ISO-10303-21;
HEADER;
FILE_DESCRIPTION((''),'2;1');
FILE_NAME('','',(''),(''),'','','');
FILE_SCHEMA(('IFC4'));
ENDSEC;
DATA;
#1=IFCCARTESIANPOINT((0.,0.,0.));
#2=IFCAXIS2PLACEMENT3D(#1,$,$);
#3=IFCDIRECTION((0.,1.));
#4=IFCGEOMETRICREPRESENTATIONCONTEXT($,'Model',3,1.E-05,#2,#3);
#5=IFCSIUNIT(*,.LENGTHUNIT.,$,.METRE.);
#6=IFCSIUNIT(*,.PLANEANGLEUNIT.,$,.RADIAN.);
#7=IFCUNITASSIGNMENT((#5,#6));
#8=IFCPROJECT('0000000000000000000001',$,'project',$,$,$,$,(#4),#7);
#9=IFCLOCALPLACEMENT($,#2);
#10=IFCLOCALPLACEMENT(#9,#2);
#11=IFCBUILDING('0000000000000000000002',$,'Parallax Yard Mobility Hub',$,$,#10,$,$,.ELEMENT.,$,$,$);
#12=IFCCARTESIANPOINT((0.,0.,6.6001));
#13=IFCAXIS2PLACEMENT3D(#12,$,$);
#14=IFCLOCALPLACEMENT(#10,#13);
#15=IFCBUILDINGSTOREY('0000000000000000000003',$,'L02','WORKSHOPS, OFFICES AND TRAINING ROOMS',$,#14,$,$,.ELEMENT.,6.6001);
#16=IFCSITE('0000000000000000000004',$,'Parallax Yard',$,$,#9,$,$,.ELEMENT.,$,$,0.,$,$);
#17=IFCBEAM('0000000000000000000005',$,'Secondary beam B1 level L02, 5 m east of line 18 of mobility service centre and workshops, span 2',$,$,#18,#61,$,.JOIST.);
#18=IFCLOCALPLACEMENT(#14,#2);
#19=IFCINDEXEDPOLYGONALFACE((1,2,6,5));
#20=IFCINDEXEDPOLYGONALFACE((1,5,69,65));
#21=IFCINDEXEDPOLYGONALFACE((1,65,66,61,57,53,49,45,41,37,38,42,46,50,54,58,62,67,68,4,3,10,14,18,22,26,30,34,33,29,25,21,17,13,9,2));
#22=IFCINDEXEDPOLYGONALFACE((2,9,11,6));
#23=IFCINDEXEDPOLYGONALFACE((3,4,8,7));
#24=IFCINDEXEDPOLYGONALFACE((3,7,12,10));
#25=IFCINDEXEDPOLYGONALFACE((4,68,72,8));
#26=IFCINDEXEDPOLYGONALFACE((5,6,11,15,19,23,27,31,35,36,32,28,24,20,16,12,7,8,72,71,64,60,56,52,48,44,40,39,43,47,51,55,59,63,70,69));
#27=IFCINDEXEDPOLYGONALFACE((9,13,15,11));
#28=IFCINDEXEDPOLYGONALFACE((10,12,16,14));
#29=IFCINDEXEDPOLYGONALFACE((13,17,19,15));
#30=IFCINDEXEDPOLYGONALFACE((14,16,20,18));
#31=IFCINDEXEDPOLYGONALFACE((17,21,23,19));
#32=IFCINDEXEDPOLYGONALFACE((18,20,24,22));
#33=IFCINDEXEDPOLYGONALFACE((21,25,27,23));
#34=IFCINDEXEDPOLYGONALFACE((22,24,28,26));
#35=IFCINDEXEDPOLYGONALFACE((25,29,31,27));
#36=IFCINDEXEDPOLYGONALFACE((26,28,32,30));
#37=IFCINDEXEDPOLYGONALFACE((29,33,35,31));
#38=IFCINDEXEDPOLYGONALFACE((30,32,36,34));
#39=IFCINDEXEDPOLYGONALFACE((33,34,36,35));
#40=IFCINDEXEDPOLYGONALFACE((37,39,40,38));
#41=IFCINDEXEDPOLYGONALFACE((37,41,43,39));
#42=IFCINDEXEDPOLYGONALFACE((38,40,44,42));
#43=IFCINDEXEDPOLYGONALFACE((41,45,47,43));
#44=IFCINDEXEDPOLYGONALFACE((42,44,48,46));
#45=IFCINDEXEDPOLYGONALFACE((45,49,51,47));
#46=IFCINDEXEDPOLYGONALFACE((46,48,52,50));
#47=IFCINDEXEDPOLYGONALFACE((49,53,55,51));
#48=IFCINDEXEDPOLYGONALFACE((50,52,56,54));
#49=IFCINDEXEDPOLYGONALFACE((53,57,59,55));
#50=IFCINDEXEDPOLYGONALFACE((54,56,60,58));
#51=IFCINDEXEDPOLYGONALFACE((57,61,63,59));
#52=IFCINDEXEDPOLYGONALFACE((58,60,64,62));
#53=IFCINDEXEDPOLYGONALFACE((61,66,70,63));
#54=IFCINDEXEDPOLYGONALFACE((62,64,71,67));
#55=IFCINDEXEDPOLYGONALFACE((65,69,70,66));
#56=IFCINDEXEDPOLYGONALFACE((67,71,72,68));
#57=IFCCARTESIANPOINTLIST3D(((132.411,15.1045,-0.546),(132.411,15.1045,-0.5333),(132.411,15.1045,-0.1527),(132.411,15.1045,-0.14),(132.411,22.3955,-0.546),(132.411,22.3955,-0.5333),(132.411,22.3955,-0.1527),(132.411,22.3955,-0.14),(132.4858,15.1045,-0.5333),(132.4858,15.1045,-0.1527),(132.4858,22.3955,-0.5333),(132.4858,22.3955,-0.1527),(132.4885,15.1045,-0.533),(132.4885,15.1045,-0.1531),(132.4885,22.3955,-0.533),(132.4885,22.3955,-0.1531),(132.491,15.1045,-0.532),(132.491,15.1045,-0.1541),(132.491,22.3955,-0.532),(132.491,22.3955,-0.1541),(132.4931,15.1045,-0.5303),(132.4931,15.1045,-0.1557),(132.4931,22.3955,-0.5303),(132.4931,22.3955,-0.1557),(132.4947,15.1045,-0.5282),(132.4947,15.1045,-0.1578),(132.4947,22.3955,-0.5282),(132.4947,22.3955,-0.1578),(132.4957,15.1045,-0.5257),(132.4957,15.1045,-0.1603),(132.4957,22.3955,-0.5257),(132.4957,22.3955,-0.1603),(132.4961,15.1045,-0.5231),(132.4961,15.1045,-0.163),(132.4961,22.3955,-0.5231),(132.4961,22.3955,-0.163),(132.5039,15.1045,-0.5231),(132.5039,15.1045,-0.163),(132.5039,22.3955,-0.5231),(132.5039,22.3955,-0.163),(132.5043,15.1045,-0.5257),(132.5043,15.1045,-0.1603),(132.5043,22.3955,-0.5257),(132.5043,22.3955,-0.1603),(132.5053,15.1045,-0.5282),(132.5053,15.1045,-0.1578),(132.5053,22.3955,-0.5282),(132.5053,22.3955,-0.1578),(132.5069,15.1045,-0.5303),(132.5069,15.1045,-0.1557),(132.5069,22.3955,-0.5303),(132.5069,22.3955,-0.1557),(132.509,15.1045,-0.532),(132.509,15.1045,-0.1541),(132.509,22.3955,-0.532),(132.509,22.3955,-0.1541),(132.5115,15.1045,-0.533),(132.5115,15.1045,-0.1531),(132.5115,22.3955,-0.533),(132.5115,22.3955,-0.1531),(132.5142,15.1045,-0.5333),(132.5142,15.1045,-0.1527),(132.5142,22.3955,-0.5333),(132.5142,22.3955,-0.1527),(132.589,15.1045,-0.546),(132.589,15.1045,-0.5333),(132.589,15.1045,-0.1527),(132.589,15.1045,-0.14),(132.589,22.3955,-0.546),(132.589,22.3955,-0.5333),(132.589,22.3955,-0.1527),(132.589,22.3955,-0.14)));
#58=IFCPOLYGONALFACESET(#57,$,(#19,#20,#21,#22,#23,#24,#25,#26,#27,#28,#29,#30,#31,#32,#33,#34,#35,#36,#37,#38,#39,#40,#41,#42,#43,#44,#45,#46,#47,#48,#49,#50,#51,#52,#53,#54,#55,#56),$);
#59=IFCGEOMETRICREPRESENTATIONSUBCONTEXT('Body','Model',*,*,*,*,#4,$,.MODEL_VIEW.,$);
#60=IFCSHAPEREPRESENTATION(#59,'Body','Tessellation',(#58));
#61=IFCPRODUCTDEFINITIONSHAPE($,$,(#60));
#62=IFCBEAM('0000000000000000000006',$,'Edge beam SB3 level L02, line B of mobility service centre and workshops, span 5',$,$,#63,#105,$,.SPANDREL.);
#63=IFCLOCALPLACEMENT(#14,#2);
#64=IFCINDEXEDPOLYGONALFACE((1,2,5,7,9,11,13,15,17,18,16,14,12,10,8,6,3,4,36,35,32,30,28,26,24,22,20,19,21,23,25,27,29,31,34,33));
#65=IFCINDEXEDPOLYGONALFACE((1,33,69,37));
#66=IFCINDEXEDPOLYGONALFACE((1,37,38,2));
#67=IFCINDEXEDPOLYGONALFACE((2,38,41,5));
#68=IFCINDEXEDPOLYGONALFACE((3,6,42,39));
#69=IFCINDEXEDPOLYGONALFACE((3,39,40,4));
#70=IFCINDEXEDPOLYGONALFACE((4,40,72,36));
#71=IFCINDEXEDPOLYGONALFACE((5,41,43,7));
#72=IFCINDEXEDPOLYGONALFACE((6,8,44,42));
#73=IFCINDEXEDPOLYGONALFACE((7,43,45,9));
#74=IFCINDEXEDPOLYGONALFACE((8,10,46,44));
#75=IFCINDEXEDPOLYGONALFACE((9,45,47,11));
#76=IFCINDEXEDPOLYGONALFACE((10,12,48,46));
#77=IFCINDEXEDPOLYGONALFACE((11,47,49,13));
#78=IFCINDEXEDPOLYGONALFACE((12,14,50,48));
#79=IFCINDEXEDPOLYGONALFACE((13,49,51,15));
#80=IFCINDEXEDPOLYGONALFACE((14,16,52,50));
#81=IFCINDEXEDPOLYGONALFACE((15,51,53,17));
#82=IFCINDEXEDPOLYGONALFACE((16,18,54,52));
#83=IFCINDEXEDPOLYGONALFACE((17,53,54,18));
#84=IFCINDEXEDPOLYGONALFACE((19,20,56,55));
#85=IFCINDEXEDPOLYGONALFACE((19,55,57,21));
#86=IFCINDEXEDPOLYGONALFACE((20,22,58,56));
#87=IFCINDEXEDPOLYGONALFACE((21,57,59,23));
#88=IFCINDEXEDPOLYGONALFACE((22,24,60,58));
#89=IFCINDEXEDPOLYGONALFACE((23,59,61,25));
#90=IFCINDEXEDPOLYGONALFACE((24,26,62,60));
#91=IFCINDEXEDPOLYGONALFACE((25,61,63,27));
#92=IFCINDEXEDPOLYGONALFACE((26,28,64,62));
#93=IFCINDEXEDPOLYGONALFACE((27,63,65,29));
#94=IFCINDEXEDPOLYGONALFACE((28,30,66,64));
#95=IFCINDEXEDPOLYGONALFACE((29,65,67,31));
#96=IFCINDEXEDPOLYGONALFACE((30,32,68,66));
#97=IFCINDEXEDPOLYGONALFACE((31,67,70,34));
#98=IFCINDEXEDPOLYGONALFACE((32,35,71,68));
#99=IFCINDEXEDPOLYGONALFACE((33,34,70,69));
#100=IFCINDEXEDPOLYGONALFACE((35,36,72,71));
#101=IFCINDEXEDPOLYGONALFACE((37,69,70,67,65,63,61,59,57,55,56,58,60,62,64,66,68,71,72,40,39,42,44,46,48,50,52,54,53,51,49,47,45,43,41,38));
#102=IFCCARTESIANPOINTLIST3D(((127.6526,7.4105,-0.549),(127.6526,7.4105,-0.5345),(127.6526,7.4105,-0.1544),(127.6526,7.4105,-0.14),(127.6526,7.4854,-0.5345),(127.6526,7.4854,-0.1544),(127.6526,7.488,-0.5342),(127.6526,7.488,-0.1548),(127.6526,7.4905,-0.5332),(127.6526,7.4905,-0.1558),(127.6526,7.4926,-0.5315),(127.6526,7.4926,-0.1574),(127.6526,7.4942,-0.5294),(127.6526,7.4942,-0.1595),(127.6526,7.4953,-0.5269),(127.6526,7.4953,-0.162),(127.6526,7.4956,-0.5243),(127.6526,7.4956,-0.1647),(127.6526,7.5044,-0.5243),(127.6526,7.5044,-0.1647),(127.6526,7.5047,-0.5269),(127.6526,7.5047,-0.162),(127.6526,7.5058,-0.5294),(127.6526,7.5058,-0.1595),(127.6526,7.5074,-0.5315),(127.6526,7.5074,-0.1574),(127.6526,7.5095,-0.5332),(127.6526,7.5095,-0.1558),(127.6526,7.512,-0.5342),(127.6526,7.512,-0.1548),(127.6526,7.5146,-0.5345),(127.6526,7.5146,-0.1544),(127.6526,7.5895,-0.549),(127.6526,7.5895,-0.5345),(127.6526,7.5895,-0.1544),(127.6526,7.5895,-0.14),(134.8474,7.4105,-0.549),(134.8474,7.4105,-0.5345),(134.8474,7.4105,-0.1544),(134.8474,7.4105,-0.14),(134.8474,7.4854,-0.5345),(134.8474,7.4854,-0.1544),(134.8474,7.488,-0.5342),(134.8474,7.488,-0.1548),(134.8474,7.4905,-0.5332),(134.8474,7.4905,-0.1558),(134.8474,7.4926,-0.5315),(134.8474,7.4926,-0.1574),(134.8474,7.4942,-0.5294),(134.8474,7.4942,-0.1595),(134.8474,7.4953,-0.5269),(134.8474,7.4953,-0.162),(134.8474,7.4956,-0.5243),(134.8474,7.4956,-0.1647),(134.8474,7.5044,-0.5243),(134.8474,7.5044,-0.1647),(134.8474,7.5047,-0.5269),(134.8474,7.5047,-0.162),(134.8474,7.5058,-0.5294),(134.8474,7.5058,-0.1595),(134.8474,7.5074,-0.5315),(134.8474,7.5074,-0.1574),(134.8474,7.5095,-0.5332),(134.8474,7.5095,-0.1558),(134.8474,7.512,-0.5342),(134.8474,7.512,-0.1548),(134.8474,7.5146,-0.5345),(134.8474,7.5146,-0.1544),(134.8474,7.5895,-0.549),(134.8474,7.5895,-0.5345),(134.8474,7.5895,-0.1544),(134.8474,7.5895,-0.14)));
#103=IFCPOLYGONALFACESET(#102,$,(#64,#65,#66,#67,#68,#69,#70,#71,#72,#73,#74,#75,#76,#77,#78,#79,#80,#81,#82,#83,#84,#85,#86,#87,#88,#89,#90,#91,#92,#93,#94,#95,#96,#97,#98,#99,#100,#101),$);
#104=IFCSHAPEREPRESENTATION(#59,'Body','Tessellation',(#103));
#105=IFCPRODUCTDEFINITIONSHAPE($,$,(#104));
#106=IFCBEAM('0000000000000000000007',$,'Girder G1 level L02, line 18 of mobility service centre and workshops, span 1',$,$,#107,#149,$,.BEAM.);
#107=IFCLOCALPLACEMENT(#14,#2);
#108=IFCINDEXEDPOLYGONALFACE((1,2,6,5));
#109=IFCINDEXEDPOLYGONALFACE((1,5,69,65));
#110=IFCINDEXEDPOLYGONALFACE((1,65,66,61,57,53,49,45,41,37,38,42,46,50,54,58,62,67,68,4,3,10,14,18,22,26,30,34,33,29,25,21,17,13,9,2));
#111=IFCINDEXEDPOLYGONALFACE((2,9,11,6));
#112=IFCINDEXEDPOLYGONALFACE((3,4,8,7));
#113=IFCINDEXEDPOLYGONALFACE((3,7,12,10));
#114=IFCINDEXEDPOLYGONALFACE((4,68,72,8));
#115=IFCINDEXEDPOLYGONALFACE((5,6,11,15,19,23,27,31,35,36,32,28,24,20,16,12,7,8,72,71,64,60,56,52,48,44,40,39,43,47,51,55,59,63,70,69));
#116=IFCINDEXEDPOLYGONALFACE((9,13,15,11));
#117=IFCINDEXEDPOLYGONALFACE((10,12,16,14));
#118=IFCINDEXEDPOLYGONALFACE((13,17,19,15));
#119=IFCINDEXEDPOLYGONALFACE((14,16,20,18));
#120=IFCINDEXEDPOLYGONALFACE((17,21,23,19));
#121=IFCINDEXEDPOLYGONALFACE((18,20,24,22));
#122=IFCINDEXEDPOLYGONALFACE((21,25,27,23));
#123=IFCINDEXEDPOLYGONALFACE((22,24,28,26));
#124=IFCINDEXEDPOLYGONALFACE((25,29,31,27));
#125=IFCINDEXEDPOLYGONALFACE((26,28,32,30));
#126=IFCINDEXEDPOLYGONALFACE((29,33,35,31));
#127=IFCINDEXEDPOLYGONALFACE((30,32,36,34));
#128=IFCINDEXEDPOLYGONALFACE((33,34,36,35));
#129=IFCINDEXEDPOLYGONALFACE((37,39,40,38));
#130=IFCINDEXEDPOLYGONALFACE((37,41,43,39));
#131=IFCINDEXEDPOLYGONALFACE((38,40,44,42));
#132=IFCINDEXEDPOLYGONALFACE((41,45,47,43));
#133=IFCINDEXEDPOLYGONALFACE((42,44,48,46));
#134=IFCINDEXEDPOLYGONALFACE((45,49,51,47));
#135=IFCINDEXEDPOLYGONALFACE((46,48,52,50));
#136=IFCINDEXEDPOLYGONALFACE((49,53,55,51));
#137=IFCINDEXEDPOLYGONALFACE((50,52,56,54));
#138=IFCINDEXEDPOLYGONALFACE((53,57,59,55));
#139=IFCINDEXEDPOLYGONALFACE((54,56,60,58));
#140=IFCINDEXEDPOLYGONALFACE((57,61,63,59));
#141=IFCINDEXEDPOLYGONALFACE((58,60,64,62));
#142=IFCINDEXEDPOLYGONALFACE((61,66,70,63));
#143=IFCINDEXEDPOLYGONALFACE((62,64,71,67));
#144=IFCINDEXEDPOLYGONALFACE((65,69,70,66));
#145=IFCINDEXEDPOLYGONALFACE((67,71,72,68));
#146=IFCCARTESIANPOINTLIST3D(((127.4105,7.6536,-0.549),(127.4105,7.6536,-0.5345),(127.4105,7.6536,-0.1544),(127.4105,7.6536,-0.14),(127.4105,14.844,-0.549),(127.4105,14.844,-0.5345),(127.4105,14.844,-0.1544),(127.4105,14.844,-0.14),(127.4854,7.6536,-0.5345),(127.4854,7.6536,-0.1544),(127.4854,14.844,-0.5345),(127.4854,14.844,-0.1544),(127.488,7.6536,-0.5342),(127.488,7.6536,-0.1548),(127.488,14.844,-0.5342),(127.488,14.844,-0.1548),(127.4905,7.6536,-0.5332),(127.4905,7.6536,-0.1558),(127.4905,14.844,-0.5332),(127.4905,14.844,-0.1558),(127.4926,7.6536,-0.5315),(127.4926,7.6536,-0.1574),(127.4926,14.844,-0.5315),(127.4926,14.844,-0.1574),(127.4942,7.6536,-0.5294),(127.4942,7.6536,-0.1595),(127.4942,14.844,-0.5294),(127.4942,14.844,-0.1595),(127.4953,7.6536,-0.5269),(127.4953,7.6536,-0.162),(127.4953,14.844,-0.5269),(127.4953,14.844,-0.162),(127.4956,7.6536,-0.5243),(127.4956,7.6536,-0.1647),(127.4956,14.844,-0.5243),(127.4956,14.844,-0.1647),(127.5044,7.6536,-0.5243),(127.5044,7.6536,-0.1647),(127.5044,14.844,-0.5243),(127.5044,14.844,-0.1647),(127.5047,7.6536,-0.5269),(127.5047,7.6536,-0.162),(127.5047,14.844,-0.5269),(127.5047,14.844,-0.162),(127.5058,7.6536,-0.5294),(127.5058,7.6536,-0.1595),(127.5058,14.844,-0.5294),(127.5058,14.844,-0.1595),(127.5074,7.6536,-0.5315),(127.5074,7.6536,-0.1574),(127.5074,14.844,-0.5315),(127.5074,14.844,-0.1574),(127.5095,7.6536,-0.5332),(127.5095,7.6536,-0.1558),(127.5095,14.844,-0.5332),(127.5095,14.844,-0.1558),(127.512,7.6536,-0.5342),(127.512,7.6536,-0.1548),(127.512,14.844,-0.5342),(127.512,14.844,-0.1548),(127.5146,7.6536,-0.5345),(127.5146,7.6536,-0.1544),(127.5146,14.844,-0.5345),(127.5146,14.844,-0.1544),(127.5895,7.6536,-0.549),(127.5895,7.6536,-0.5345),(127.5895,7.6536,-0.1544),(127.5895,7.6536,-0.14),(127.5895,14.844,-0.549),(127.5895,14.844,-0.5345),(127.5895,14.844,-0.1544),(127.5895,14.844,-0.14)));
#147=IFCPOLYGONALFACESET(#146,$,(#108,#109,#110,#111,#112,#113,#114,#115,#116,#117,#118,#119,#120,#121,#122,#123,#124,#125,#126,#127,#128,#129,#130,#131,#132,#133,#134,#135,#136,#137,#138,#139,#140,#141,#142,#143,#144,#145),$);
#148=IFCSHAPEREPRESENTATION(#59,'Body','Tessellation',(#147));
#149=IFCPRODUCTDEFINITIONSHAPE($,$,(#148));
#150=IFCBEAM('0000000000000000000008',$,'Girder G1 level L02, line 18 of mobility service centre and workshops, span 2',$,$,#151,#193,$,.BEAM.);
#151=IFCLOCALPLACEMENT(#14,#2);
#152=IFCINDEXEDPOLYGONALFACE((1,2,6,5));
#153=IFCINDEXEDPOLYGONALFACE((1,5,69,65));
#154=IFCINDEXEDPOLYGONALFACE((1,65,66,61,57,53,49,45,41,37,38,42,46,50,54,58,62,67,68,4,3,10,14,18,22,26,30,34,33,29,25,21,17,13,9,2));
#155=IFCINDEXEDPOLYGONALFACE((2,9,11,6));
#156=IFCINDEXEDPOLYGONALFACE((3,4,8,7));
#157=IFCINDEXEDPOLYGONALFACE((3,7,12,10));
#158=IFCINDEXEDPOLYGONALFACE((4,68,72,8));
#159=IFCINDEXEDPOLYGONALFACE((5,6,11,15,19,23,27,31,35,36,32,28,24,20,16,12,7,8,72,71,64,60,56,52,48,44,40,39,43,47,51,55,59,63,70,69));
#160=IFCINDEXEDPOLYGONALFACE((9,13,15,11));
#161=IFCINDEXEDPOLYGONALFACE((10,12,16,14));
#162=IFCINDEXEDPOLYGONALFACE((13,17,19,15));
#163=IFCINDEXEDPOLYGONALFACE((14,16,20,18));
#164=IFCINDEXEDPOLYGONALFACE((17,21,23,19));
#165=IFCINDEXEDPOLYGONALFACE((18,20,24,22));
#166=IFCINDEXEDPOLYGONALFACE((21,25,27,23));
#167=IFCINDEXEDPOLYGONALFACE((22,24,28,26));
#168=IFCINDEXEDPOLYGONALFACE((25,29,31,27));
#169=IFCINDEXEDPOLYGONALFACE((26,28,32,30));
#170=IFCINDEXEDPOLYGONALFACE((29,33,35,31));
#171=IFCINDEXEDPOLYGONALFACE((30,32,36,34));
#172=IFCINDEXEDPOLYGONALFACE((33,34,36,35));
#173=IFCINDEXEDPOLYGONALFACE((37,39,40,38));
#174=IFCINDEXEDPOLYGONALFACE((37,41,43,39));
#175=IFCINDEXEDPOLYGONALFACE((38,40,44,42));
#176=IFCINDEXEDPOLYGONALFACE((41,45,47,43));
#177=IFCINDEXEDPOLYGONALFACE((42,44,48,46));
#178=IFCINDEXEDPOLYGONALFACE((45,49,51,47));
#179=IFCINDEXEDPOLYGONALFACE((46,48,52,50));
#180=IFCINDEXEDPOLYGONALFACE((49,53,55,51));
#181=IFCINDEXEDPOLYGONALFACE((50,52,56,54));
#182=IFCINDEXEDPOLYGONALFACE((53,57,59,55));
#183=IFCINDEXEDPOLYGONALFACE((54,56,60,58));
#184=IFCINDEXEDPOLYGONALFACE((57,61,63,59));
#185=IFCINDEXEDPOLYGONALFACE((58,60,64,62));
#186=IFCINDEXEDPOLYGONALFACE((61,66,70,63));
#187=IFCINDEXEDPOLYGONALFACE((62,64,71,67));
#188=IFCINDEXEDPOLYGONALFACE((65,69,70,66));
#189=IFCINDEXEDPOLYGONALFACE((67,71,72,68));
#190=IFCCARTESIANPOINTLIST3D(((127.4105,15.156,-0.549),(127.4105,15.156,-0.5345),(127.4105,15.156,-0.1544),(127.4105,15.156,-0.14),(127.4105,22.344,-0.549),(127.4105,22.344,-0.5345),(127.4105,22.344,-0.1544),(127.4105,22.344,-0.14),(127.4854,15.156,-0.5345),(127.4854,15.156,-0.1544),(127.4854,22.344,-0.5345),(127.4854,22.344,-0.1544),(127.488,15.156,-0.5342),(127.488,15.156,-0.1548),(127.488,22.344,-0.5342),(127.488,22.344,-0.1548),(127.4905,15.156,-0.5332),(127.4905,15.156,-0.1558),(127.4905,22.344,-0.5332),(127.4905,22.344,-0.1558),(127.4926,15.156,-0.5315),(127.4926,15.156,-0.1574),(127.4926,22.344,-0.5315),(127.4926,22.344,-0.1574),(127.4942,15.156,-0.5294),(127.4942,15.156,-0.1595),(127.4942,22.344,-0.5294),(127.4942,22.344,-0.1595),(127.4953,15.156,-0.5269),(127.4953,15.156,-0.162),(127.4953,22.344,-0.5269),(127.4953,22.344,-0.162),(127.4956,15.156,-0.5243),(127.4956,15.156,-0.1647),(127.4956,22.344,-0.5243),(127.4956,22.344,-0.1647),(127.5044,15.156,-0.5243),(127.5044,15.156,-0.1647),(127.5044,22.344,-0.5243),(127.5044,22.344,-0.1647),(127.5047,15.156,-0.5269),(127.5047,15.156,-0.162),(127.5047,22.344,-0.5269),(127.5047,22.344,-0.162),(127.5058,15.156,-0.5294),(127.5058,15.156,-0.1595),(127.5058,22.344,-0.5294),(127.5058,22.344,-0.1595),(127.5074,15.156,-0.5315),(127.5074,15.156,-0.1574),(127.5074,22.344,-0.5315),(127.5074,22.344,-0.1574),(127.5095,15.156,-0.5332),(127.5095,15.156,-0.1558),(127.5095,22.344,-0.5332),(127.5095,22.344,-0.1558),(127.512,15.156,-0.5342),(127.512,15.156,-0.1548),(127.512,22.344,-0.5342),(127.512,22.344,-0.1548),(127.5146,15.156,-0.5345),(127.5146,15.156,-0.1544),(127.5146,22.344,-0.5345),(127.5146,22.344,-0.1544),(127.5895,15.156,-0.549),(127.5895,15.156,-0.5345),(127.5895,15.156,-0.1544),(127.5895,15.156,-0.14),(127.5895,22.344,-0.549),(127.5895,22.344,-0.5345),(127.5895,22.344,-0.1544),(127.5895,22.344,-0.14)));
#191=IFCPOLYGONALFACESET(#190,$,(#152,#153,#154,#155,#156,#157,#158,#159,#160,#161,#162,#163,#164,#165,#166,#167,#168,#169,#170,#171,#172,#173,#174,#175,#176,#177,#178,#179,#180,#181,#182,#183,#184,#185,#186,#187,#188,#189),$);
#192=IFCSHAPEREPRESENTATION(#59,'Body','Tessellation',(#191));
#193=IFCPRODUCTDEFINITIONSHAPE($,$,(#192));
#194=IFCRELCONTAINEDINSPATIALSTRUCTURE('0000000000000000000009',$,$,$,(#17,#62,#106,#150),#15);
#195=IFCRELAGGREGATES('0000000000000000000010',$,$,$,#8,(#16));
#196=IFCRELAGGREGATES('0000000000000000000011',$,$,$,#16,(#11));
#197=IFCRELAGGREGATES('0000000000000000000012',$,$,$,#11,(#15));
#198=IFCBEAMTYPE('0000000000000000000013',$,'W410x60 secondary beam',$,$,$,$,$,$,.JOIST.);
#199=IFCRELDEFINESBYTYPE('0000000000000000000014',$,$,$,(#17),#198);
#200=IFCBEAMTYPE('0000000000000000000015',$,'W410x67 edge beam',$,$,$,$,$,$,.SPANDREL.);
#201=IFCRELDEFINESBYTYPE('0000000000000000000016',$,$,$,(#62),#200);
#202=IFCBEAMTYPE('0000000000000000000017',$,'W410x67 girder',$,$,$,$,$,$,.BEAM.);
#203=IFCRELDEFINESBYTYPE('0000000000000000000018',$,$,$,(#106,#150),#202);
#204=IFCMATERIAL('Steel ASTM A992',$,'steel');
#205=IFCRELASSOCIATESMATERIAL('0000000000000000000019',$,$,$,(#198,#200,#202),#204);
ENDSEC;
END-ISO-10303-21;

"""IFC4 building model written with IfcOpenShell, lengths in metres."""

from ifc_helpers import new_model, si_unit, direction, frame, origin, origin_2d, place, context, subcontext, project, spatial, i_section, extrude, material, material_profile, profile_set, type_object, element, save


model = new_model("IFC4")

# Units and contexts
model_context = context("Model", 3, precision=1e-05, world=origin(), true_north=direction((0.0, 1.0)))
body_context = subcontext(model_context, "Body", "Model", "MODEL_VIEW")
ifc_project = project(units=[si_unit("LENGTHUNIT", "METRE"), si_unit("PLANEANGLEUNIT", "RADIAN")], contexts=[model_context])

# Site, building, storey
site_placement = place(None, origin())
site = spatial("IfcSite", under=ifc_project, at=site_placement, Name="Parallax Yard", CompositionType="ELEMENT", RefElevation=0.0)
building_placement = place(site_placement, origin())
building = spatial("IfcBuilding", under=site, at=building_placement, Name="Parallax Yard Mobility Hub", CompositionType="ELEMENT")
storey_placement = place(building_placement, frame((0.0, 0.0, 6.6001)))
storey = spatial("IfcBuildingStorey", under=building, at=storey_placement, Name="L02", Description="WORKSHOPS, OFFICES AND TRAINING ROOMS", CompositionType="ELEMENT", Elevation=6.6001)

# Shared definitions
ifc_material_1 = material(Name="Steel ASTM A992", Category="steel")

# Beams
ifc_material_profile_1 = material_profile(ifc_material_1, i_section(OverallWidth=0.178, OverallDepth=0.406, WebThickness=0.0078, FlangeThickness=0.0127, FilletRadius=0.0103, at=origin_2d()), Name="W410x60")
ifc_profile_set_1 = profile_set([ifc_material_profile_1], Name="Steel ASTM A992")
beam_type_1 = type_object("IfcBeamType", Name="W410x60 secondary beam", PredefinedType="JOIST", material=ifc_profile_set_1)
beam_1_placement = place(storey_placement, frame((132.5, 15.1045, -0.343), z_axis=(0.0, 1.0, 0.0), x_axis=(-1.0, 0.0, 0.0)))
element("IfcBeam", 1, at=beam_1_placement, inside=storey, type_object=beam_type_1, Name="Secondary beam B1 level L02, 5 m east of line 18 of mobility service centre and workshops, span 2", PredefinedType="JOIST", context=body_context, shape_type="SweptSolid", body=[
    extrude(i_section(OverallWidth=0.178, OverallDepth=0.406, WebThickness=0.0078, FlangeThickness=0.0127, FilletRadius=0.0103, at=origin_2d()), origin(), (0.0, 0.0, 1.0), 7.291),
])
ifc_material_profile_2 = material_profile(ifc_material_1, i_section(OverallWidth=0.179, OverallDepth=0.4089, WebThickness=0.0088, FlangeThickness=0.0144, FilletRadius=0.0103, at=origin_2d()), Name="W410x67")
ifc_profile_set_2 = profile_set([ifc_material_profile_2], Name="Steel ASTM A992")
beam_type_2 = type_object("IfcBeamType", Name="W410x67 edge beam", PredefinedType="SPANDREL", material=ifc_profile_set_2)
beam_2_placement = place(storey_placement, frame((127.6526, 7.5, -0.3445), z_axis=(1.0, 0.0, 0.0), x_axis=(0.0, 1.0, 0.0)))
element("IfcBeam", 2, at=beam_2_placement, inside=storey, type_object=beam_type_2, Name="Edge beam SB3 level L02, line B of mobility service centre and workshops, span 5", PredefinedType="SPANDREL", context=body_context, shape_type="SweptSolid", body=[
    extrude(i_section(OverallWidth=0.179, OverallDepth=0.4089, WebThickness=0.0088, FlangeThickness=0.0144, FilletRadius=0.0103, at=origin_2d()), origin(), (0.0, 0.0, 1.0), 7.1948),
])
ifc_material_profile_3 = material_profile(ifc_material_1, i_section(OverallWidth=0.179, OverallDepth=0.4089, WebThickness=0.0088, FlangeThickness=0.0144, FilletRadius=0.0103, at=origin_2d()), Name="W410x67")
ifc_profile_set_3 = profile_set([ifc_material_profile_3], Name="Steel ASTM A992")
beam_type_3 = type_object("IfcBeamType", Name="W410x67 girder", PredefinedType="BEAM", material=ifc_profile_set_3)
beam_3_placement = place(storey_placement, frame((127.5, 7.6536, -0.3445), z_axis=(0.0, 1.0, 0.0), x_axis=(-1.0, 0.0, 0.0)))
element("IfcBeam", 3, at=beam_3_placement, inside=storey, type_object=beam_type_3, Name="Girder G1 level L02, line 18 of mobility service centre and workshops, span 1", PredefinedType="BEAM", context=body_context, shape_type="SweptSolid", body=[
    extrude(i_section(OverallWidth=0.179, OverallDepth=0.4089, WebThickness=0.0088, FlangeThickness=0.0144, FilletRadius=0.0103, at=origin_2d()), origin(), (0.0, 0.0, 1.0), 7.1904),
])
beam_4_placement = place(storey_placement, frame((127.5, 15.156, -0.3445), z_axis=(0.0, 1.0, 0.0), x_axis=(-1.0, 0.0, 0.0)))
element("IfcBeam", 4, at=beam_4_placement, inside=storey, type_object=beam_type_3, Name="Girder G1 level L02, line 18 of mobility service centre and workshops, span 2", PredefinedType="BEAM", context=body_context, shape_type="SweptSolid", body=[
    extrude(i_section(OverallWidth=0.179, OverallDepth=0.4089, WebThickness=0.0088, FlangeThickness=0.0144, FilletRadius=0.0103, at=origin_2d()), origin(), (0.0, 0.0, 1.0), 7.188),
])

save(model, "model.ifc")
